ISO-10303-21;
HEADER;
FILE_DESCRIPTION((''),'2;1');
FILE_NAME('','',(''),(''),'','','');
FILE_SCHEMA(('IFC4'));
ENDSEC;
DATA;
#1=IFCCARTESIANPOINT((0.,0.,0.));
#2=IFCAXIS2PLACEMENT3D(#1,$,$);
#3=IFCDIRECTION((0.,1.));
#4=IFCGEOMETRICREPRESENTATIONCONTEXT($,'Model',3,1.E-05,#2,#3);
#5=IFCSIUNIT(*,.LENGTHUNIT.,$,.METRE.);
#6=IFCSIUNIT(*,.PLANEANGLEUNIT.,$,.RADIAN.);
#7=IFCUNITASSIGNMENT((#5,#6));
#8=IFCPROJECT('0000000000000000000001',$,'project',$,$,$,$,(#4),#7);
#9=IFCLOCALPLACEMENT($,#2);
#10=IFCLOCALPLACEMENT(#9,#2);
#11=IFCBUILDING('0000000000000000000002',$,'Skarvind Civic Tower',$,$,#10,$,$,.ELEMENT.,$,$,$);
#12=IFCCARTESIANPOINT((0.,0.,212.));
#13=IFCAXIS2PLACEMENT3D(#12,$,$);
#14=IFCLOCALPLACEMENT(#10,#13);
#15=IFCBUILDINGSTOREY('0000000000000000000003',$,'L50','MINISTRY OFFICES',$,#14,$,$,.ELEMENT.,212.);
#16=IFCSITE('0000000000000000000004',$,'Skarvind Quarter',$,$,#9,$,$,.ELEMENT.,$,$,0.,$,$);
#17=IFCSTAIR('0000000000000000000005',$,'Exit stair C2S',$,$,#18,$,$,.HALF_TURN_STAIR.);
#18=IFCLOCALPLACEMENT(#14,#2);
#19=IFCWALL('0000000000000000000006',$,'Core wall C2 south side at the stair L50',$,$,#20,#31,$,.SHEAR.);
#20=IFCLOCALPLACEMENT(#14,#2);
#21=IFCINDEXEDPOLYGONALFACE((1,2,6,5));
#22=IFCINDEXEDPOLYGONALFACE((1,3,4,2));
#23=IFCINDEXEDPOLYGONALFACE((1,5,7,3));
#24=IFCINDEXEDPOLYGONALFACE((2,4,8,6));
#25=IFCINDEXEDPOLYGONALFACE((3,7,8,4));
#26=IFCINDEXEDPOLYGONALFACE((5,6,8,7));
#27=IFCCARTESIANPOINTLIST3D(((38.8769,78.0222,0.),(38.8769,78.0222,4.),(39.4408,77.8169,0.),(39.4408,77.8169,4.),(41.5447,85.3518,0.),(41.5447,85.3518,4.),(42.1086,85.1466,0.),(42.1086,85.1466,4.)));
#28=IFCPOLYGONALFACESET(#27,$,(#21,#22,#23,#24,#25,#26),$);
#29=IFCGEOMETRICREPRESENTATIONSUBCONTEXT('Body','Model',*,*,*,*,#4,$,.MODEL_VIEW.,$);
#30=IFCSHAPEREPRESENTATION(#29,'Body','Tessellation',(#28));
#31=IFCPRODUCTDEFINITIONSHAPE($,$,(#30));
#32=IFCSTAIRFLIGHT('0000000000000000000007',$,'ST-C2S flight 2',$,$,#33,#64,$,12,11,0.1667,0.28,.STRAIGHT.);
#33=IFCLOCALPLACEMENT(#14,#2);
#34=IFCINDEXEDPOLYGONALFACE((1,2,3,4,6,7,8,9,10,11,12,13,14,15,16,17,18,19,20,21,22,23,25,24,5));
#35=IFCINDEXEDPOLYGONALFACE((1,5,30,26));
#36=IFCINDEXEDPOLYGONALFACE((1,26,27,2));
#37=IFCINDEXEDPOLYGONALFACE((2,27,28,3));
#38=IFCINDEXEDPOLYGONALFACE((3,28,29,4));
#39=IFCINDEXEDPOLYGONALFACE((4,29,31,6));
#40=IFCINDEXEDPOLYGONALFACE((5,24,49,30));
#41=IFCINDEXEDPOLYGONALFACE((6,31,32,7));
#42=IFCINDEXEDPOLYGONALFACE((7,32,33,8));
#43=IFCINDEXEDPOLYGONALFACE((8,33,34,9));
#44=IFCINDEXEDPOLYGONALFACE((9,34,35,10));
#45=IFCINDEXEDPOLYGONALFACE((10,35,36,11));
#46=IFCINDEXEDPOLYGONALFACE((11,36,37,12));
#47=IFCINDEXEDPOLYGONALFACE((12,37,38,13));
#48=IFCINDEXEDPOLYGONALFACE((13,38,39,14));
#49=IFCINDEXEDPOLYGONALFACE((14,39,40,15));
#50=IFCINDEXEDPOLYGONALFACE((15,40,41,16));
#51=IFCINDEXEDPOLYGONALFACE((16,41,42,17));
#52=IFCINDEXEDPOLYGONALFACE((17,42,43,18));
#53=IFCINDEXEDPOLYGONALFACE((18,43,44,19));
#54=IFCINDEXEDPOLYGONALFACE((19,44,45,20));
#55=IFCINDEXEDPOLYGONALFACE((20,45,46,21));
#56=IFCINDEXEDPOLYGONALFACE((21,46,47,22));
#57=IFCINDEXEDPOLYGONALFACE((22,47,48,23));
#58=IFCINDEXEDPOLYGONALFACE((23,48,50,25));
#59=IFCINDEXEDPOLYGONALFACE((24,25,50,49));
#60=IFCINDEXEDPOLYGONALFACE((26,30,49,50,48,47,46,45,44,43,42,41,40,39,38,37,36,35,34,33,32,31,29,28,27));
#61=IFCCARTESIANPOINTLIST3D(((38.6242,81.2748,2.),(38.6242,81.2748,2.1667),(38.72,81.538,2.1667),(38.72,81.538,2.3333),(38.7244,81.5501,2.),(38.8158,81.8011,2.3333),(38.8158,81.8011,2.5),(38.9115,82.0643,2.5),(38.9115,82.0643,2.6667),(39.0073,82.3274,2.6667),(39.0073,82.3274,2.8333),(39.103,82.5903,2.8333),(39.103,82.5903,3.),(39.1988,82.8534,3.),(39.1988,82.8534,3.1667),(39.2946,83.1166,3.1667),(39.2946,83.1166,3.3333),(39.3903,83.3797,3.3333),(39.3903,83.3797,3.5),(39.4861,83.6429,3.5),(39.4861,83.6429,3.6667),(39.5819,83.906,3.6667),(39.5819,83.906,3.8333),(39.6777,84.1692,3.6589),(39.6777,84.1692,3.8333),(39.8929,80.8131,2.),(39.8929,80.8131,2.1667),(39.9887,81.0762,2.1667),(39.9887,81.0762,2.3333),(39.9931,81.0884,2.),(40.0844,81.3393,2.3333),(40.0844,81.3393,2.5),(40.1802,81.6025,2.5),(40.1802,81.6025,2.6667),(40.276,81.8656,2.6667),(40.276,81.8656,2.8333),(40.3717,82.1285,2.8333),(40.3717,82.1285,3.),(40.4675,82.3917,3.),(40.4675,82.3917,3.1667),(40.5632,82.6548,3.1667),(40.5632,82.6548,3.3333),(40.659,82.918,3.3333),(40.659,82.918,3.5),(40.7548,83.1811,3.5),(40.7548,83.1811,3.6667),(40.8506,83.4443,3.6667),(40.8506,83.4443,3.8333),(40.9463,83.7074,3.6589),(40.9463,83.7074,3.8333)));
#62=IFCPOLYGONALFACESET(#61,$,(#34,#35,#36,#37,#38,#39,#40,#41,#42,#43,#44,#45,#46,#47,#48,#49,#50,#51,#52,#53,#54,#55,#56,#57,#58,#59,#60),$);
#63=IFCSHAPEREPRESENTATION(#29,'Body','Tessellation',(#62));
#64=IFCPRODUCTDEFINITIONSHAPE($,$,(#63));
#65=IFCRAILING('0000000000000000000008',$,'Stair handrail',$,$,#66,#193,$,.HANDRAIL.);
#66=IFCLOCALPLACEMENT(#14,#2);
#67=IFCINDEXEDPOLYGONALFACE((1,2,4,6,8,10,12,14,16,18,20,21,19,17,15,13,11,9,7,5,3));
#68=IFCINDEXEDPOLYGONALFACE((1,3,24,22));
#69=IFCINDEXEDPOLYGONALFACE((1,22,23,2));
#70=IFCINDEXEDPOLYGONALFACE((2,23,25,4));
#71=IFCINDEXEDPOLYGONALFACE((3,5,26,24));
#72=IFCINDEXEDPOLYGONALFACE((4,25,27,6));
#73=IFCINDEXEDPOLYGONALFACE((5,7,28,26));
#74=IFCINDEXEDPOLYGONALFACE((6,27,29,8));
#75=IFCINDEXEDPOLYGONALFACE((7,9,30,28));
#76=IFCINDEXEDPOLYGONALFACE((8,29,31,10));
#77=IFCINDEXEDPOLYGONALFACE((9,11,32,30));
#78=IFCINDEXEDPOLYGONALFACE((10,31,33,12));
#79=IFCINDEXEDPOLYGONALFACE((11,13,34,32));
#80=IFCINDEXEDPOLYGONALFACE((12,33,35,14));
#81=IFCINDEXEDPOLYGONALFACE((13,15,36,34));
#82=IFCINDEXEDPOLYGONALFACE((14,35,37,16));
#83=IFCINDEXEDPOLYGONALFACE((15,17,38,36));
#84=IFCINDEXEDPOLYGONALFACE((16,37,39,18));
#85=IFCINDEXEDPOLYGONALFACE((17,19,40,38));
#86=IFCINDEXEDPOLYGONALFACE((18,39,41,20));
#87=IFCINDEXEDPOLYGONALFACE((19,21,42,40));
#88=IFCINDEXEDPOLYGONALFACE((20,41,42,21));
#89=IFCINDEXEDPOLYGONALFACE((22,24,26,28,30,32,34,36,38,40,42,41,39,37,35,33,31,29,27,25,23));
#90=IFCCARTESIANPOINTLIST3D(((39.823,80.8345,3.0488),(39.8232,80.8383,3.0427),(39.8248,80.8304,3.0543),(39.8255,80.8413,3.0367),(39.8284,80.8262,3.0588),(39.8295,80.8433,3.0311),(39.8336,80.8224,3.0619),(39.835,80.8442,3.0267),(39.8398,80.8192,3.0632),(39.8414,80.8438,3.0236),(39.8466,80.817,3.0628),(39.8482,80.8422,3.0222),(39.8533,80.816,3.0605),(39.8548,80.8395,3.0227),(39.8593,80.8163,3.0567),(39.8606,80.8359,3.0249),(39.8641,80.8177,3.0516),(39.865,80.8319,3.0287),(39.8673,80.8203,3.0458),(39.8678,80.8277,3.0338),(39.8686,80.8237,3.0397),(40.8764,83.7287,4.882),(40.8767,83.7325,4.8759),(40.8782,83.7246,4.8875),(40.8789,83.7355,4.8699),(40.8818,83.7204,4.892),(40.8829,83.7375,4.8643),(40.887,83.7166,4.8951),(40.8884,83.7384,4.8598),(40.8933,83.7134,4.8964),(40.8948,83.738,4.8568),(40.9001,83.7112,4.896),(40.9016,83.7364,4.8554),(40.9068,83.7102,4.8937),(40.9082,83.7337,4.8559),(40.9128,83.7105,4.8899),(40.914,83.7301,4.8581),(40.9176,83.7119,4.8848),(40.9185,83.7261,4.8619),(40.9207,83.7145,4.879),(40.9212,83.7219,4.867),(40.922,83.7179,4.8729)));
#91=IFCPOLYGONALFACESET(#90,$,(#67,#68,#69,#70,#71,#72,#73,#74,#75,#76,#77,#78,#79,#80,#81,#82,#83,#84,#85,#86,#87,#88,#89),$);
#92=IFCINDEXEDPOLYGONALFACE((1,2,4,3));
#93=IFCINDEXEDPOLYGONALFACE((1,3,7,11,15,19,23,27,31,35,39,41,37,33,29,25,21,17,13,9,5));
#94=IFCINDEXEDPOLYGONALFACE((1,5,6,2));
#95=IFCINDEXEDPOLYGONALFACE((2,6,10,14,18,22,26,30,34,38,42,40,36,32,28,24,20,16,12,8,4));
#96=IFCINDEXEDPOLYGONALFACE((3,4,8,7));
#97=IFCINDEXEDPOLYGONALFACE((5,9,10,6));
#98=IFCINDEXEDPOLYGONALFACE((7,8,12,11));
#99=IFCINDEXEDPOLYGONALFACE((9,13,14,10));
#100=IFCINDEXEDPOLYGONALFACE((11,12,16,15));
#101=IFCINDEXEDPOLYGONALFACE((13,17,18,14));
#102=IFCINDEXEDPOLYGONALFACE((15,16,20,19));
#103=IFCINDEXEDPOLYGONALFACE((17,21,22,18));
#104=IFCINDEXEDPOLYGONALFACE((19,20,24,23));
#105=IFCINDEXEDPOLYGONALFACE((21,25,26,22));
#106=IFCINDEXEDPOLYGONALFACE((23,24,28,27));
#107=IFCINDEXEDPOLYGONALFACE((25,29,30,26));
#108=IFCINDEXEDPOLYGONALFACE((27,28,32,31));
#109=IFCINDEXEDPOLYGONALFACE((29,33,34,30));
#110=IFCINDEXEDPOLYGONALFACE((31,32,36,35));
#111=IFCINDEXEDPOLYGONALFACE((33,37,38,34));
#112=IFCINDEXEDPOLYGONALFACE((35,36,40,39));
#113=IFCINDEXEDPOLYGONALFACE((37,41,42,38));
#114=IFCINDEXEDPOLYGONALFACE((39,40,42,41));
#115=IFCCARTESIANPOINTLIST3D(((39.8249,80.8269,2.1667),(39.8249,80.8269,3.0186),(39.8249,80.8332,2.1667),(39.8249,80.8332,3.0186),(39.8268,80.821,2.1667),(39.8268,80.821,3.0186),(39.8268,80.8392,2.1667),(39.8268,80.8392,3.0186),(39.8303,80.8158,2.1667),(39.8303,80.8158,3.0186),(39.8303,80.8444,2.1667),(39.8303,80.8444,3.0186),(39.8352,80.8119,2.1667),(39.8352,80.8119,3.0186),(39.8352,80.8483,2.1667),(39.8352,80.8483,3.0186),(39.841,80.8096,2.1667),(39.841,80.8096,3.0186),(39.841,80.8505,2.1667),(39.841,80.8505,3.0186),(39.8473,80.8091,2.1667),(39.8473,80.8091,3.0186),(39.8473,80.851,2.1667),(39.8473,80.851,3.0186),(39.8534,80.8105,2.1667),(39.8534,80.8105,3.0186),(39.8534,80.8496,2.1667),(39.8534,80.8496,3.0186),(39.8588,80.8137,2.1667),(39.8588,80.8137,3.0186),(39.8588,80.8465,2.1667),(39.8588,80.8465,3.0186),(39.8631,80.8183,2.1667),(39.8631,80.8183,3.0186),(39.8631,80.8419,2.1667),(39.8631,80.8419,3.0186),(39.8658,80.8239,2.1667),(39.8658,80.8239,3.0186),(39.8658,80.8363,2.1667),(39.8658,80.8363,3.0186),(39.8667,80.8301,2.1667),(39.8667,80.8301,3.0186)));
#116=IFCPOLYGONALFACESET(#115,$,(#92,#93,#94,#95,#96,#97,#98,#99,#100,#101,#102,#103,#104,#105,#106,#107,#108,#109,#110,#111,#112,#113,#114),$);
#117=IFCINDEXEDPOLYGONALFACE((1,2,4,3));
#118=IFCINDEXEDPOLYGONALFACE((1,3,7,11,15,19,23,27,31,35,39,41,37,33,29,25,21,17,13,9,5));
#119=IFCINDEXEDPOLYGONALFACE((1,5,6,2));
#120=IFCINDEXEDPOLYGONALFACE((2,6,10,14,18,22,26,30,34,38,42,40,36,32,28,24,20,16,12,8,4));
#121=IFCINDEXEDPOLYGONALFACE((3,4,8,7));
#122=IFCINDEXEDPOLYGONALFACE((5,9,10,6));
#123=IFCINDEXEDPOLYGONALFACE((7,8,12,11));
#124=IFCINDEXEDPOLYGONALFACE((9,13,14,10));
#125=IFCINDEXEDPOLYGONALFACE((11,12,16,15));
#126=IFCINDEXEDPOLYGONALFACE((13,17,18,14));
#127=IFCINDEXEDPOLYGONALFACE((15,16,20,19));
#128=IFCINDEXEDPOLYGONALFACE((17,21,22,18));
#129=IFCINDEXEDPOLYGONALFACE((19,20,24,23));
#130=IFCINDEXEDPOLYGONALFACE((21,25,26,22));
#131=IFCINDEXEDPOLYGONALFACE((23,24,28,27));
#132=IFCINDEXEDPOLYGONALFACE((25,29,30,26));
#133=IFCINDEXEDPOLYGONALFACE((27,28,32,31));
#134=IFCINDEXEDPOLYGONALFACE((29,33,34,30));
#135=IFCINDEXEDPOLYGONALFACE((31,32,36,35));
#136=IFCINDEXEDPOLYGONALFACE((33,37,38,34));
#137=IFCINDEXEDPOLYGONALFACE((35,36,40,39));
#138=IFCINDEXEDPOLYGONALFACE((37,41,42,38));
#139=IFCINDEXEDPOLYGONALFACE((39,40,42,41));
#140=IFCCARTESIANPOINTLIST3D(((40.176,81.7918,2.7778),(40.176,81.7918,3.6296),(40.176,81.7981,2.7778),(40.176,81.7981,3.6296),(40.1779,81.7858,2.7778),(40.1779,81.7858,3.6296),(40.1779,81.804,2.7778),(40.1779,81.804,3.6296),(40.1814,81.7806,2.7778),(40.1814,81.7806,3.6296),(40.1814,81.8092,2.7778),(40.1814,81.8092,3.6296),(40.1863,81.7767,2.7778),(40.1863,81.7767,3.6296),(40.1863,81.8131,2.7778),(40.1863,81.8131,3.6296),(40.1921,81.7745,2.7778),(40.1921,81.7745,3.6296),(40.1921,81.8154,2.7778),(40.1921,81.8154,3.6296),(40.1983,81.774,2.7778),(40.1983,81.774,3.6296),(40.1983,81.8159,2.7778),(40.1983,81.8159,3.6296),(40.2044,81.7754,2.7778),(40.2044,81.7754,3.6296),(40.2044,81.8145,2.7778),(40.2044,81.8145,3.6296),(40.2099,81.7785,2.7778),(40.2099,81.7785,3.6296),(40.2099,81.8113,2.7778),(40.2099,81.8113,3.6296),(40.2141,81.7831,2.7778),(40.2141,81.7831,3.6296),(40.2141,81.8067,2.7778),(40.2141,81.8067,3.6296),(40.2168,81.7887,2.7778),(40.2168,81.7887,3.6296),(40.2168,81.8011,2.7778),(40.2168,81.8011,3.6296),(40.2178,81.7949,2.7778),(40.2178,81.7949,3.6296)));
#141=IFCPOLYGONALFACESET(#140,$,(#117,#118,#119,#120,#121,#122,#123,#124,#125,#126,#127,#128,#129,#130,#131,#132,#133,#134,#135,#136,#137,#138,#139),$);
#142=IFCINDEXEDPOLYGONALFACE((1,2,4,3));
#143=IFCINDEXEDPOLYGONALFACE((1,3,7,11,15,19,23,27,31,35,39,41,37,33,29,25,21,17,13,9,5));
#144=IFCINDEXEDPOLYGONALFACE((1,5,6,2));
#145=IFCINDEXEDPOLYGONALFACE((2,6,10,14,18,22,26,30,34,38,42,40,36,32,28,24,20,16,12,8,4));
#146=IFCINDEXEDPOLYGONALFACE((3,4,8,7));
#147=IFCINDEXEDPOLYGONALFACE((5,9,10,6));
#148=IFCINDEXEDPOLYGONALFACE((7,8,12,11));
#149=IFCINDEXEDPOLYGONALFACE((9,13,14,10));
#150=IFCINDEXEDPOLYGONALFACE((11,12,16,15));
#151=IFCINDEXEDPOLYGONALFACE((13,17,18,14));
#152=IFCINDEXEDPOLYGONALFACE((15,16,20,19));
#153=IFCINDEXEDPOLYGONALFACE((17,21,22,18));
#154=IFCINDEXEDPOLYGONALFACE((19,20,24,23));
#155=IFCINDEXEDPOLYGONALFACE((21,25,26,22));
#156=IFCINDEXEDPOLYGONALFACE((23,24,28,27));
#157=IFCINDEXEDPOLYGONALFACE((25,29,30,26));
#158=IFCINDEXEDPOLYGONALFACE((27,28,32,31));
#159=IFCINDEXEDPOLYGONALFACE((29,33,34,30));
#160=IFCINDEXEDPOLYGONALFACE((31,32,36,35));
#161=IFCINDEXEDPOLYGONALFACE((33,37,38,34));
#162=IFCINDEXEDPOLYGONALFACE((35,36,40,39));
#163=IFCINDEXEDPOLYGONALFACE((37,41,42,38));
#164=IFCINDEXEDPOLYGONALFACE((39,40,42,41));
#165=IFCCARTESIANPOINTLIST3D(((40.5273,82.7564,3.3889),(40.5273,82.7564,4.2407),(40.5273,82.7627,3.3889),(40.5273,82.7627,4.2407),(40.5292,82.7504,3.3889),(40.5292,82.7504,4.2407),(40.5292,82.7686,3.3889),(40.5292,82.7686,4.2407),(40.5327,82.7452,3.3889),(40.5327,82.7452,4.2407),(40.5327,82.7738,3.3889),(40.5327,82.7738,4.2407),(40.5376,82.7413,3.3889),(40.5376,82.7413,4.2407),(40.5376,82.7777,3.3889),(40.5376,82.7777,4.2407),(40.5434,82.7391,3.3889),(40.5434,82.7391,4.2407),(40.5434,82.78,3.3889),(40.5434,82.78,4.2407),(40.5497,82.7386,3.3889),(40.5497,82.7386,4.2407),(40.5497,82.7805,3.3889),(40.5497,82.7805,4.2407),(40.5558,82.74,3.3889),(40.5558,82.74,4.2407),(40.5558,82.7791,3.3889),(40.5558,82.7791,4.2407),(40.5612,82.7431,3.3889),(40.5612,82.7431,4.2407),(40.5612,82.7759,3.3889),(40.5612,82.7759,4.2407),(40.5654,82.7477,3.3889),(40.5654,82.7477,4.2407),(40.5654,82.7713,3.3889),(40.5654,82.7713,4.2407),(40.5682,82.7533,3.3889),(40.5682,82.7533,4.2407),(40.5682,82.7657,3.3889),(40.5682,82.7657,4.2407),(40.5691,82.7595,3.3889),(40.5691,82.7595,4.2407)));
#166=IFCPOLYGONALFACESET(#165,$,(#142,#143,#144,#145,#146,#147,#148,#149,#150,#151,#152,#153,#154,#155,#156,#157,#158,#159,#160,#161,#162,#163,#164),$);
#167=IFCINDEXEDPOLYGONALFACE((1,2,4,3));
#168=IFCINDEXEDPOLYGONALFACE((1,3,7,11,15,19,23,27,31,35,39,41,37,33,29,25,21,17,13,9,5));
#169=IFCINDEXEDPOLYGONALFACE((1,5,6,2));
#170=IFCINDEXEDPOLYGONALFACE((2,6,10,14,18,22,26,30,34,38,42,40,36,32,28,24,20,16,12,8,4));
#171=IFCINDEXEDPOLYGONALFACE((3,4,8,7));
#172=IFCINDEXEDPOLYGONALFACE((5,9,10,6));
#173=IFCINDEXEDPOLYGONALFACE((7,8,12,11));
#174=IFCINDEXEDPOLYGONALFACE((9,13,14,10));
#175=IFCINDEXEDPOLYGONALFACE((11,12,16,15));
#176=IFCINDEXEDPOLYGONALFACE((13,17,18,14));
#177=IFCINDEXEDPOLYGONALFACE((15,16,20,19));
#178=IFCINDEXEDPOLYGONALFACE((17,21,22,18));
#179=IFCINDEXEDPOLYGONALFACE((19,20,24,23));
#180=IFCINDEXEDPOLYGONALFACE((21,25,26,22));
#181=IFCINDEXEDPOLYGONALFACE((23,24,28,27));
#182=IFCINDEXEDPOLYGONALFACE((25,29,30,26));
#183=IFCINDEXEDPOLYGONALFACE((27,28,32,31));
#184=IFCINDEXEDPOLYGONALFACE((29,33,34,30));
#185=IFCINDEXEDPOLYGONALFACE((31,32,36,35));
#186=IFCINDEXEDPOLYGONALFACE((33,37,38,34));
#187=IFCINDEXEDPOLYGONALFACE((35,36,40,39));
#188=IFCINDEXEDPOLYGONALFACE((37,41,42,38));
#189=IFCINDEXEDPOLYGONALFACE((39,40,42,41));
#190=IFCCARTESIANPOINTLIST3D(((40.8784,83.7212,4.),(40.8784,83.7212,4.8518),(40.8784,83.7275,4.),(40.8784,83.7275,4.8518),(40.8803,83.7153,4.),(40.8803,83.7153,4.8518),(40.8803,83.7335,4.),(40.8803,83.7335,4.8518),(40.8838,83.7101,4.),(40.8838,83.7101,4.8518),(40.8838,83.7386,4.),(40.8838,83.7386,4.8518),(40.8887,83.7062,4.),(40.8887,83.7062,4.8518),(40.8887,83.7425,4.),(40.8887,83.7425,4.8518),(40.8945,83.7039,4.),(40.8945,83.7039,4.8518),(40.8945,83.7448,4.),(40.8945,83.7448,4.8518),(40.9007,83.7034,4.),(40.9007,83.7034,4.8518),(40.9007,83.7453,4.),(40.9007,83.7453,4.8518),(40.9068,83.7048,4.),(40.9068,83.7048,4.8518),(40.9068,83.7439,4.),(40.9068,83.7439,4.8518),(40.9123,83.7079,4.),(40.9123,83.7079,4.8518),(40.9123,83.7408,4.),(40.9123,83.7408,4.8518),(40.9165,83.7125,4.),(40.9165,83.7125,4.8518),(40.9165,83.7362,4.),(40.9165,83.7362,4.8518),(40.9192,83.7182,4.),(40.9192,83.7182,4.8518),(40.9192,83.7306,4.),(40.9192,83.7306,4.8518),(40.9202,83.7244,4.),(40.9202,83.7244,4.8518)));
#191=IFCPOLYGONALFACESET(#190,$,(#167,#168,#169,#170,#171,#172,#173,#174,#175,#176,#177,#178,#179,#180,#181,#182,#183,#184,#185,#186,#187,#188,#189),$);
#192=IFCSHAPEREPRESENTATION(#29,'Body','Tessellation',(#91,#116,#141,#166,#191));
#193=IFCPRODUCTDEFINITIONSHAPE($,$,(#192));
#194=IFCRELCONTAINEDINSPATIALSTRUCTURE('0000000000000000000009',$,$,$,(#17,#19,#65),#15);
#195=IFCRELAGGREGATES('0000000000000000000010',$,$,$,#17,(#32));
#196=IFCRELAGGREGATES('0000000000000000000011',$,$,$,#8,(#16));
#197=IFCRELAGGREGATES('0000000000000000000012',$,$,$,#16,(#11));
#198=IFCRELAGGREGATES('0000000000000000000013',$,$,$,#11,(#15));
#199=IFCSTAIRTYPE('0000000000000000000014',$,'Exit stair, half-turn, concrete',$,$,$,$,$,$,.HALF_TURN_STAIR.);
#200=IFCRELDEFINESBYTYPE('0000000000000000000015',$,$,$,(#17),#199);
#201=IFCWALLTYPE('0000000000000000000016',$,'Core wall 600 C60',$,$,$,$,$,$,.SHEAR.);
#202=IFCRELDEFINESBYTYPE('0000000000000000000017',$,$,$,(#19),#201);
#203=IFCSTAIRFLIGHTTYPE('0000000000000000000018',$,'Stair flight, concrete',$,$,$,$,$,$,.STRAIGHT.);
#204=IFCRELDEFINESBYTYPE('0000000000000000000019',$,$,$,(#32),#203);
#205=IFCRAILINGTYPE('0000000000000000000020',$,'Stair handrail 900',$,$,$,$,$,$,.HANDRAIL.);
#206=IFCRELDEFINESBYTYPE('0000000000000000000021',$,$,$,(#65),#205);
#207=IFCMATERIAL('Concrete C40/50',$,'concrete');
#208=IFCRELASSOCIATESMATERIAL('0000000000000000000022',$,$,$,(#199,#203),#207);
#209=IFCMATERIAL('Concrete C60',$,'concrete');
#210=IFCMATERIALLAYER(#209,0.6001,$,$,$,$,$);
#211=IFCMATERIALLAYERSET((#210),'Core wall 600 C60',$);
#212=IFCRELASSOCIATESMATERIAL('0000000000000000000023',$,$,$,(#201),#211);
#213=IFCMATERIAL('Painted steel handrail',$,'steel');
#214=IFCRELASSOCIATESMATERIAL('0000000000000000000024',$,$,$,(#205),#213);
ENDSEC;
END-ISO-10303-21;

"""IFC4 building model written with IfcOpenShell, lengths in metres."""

from ifc_helpers import new_model, si_unit, direction, frame, frame_2d, origin, origin_2d, place, context, subcontext, project, spatial, polyline, rectangle, circle, outline, extrude, material, layer, layer_set, type_object, element, aggregate, save


model = new_model("IFC4")

# Units and contexts
model_context = context("Model", 3, precision=1e-05, world=origin(), true_north=direction((0.0, 1.0)))
body_context = subcontext(model_context, "Body", "Model", "MODEL_VIEW")
ifc_project = project(units=[si_unit("LENGTHUNIT", "METRE"), si_unit("PLANEANGLEUNIT", "RADIAN")], contexts=[model_context])

# Site, building, storey
site_placement = place(None, origin())
site = spatial("IfcSite", under=ifc_project, at=site_placement, Name="Skarvind Quarter", CompositionType="ELEMENT", RefElevation=0.0)
building_placement = place(site_placement, origin())
building = spatial("IfcBuilding", under=site, at=building_placement, Name="Skarvind Civic Tower", CompositionType="ELEMENT")
storey_placement = place(building_placement, frame((0.0, 0.0, 212.0)))
storey = spatial("IfcBuildingStorey", under=building, at=storey_placement, Name="L50", Description="MINISTRY OFFICES", CompositionType="ELEMENT", Elevation=212.0)

# Shared definitions
ifc_material_1 = material(Name="Concrete C40/50", Category="concrete")

# Stair
stair_type_1 = type_object("IfcStairType", Name="Exit stair, half-turn, concrete", PredefinedType="HALF_TURN_STAIR", material=ifc_material_1)
stair_1_placement = place(storey_placement, origin())
stair_1 = element("IfcStair", 1, at=stair_1_placement, inside=storey, type_object=stair_type_1, Name="Exit stair C2S", PredefinedType="HALF_TURN_STAIR")

# Shared definitions
ifc_material_2 = material(Name="Concrete C60", Category="concrete")

# Wall
ifc_layer_1 = layer(ifc_material_2, 0.6001)
ifc_layer_set_1 = layer_set([ifc_layer_1], Name="Core wall 600 C60")
wall_type_1 = type_object("IfcWallType", Name="Core wall 600 C60", PredefinedType="SHEAR", material=ifc_layer_set_1)
wall_1_placement = place(storey_placement, frame((39.1589, 77.9197, 0.0), z_axis=(0.0, 0.0, 1.0), x_axis=(0.342017, 0.939694, 0.0)))
element("IfcWall", 2, at=wall_1_placement, inside=storey, type_object=wall_type_1, Name="Core wall C2 south side at the stair L50", PredefinedType="SHEAR", context=body_context, shape_type="SweptSolid", body=[
    extrude(rectangle(XDim=7.8, YDim=0.6001, at=frame_2d((3.8999, 0.0))), origin(), (0.0, 0.0, 1.0), 4.0),
])

# Stair flight
stair_flight_type = type_object("IfcStairFlightType", Name="Stair flight, concrete", PredefinedType="STRAIGHT", material=ifc_material_1)
stair_flight_placement = place(storey_placement, frame((39.2585, 81.0439, 2.0), z_axis=(0.0, 0.0, 1.0), x_axis=(0.34202, 0.939693, 0.0)))
stair_flight = element("IfcStairFlight", 3, at=stair_flight_placement, type_object=stair_flight_type, Name="ST-C2S flight 2", NumberOfRisers=12, NumberOfTreads=11, PredefinedType="STRAIGHT", RiserHeight=0.1667, TreadLength=0.28, context=body_context, shape_type="SweptSolid", body=[
    extrude(outline(polyline([(0.0, 0.0), (0.0, 0.1667), (0.28, 0.1667), (0.28, 0.3333), (0.5601, 0.3333), (0.5601, 0.5), (0.8401, 0.5), (0.8401, 0.6667), (1.1201, 0.6667), (1.1201, 0.8333), (1.3999, 0.8333), (1.3999, 1.0), (1.6799, 1.0), (1.6799, 1.1667), (1.96, 1.1667), (1.96, 1.3333), (2.24, 1.3333), (2.24, 1.5), (2.52, 1.5), (2.52, 1.6667), (2.8, 1.6667), (2.8, 1.8333), (3.0801, 1.8333), (3.0801, 2.0), (3.0801, 1.6589), (0.293, 0.0), (0.0, 0.0)])), frame((0.0, 0.675, 0.0), z_axis=(0.0, -1.0, 0.0), x_axis=(1.0, 0.0, 0.0)), (0.0, 0.0, 1.0), 1.3501),
])
aggregate(stair_1, [stair_flight])

# Railing
ifc_material_3 = material(Name="Painted steel handrail", Category="steel")
railing_type = type_object("IfcRailingType", Name="Stair handrail 900", PredefinedType="HANDRAIL", material=ifc_material_3)
railing_placement = place(storey_placement, frame((39.8457, 80.8301, 2.1667)))
element("IfcRailing", 4, at=railing_placement, inside=storey, type_object=railing_type, Name="Stair handrail", PredefinedType="HANDRAIL", context=body_context, shape_type="SweptSolid", body=[
    extrude(circle(Radius=0.0239, at=origin_2d()), frame((0.0, 0.0, 0.876), z_axis=(0.293908, 0.807481, 0.511461), x_axis=(-0.939689, 0.342029, 0.0)), (0.0, 0.0, 1.0), 3.5842),
    extrude(circle(Radius=0.021, at=origin_2d()), origin(), (0.0, 0.0, 1.0), 0.8518),
    extrude(circle(Radius=0.021, at=origin_2d()), frame((0.3511, 0.9648, 0.6111)), (0.0, 0.0, 1.0), 0.8518),
    extrude(circle(Radius=0.021, at=origin_2d()), frame((0.7024, 1.9294, 1.2222)), (0.0, 0.0, 1.0), 0.8518),
    extrude(circle(Radius=0.021, at=origin_2d()), frame((1.0535, 2.8943, 1.8333)), (0.0, 0.0, 1.0), 0.8518),
])

save(model, "model.ifc")
